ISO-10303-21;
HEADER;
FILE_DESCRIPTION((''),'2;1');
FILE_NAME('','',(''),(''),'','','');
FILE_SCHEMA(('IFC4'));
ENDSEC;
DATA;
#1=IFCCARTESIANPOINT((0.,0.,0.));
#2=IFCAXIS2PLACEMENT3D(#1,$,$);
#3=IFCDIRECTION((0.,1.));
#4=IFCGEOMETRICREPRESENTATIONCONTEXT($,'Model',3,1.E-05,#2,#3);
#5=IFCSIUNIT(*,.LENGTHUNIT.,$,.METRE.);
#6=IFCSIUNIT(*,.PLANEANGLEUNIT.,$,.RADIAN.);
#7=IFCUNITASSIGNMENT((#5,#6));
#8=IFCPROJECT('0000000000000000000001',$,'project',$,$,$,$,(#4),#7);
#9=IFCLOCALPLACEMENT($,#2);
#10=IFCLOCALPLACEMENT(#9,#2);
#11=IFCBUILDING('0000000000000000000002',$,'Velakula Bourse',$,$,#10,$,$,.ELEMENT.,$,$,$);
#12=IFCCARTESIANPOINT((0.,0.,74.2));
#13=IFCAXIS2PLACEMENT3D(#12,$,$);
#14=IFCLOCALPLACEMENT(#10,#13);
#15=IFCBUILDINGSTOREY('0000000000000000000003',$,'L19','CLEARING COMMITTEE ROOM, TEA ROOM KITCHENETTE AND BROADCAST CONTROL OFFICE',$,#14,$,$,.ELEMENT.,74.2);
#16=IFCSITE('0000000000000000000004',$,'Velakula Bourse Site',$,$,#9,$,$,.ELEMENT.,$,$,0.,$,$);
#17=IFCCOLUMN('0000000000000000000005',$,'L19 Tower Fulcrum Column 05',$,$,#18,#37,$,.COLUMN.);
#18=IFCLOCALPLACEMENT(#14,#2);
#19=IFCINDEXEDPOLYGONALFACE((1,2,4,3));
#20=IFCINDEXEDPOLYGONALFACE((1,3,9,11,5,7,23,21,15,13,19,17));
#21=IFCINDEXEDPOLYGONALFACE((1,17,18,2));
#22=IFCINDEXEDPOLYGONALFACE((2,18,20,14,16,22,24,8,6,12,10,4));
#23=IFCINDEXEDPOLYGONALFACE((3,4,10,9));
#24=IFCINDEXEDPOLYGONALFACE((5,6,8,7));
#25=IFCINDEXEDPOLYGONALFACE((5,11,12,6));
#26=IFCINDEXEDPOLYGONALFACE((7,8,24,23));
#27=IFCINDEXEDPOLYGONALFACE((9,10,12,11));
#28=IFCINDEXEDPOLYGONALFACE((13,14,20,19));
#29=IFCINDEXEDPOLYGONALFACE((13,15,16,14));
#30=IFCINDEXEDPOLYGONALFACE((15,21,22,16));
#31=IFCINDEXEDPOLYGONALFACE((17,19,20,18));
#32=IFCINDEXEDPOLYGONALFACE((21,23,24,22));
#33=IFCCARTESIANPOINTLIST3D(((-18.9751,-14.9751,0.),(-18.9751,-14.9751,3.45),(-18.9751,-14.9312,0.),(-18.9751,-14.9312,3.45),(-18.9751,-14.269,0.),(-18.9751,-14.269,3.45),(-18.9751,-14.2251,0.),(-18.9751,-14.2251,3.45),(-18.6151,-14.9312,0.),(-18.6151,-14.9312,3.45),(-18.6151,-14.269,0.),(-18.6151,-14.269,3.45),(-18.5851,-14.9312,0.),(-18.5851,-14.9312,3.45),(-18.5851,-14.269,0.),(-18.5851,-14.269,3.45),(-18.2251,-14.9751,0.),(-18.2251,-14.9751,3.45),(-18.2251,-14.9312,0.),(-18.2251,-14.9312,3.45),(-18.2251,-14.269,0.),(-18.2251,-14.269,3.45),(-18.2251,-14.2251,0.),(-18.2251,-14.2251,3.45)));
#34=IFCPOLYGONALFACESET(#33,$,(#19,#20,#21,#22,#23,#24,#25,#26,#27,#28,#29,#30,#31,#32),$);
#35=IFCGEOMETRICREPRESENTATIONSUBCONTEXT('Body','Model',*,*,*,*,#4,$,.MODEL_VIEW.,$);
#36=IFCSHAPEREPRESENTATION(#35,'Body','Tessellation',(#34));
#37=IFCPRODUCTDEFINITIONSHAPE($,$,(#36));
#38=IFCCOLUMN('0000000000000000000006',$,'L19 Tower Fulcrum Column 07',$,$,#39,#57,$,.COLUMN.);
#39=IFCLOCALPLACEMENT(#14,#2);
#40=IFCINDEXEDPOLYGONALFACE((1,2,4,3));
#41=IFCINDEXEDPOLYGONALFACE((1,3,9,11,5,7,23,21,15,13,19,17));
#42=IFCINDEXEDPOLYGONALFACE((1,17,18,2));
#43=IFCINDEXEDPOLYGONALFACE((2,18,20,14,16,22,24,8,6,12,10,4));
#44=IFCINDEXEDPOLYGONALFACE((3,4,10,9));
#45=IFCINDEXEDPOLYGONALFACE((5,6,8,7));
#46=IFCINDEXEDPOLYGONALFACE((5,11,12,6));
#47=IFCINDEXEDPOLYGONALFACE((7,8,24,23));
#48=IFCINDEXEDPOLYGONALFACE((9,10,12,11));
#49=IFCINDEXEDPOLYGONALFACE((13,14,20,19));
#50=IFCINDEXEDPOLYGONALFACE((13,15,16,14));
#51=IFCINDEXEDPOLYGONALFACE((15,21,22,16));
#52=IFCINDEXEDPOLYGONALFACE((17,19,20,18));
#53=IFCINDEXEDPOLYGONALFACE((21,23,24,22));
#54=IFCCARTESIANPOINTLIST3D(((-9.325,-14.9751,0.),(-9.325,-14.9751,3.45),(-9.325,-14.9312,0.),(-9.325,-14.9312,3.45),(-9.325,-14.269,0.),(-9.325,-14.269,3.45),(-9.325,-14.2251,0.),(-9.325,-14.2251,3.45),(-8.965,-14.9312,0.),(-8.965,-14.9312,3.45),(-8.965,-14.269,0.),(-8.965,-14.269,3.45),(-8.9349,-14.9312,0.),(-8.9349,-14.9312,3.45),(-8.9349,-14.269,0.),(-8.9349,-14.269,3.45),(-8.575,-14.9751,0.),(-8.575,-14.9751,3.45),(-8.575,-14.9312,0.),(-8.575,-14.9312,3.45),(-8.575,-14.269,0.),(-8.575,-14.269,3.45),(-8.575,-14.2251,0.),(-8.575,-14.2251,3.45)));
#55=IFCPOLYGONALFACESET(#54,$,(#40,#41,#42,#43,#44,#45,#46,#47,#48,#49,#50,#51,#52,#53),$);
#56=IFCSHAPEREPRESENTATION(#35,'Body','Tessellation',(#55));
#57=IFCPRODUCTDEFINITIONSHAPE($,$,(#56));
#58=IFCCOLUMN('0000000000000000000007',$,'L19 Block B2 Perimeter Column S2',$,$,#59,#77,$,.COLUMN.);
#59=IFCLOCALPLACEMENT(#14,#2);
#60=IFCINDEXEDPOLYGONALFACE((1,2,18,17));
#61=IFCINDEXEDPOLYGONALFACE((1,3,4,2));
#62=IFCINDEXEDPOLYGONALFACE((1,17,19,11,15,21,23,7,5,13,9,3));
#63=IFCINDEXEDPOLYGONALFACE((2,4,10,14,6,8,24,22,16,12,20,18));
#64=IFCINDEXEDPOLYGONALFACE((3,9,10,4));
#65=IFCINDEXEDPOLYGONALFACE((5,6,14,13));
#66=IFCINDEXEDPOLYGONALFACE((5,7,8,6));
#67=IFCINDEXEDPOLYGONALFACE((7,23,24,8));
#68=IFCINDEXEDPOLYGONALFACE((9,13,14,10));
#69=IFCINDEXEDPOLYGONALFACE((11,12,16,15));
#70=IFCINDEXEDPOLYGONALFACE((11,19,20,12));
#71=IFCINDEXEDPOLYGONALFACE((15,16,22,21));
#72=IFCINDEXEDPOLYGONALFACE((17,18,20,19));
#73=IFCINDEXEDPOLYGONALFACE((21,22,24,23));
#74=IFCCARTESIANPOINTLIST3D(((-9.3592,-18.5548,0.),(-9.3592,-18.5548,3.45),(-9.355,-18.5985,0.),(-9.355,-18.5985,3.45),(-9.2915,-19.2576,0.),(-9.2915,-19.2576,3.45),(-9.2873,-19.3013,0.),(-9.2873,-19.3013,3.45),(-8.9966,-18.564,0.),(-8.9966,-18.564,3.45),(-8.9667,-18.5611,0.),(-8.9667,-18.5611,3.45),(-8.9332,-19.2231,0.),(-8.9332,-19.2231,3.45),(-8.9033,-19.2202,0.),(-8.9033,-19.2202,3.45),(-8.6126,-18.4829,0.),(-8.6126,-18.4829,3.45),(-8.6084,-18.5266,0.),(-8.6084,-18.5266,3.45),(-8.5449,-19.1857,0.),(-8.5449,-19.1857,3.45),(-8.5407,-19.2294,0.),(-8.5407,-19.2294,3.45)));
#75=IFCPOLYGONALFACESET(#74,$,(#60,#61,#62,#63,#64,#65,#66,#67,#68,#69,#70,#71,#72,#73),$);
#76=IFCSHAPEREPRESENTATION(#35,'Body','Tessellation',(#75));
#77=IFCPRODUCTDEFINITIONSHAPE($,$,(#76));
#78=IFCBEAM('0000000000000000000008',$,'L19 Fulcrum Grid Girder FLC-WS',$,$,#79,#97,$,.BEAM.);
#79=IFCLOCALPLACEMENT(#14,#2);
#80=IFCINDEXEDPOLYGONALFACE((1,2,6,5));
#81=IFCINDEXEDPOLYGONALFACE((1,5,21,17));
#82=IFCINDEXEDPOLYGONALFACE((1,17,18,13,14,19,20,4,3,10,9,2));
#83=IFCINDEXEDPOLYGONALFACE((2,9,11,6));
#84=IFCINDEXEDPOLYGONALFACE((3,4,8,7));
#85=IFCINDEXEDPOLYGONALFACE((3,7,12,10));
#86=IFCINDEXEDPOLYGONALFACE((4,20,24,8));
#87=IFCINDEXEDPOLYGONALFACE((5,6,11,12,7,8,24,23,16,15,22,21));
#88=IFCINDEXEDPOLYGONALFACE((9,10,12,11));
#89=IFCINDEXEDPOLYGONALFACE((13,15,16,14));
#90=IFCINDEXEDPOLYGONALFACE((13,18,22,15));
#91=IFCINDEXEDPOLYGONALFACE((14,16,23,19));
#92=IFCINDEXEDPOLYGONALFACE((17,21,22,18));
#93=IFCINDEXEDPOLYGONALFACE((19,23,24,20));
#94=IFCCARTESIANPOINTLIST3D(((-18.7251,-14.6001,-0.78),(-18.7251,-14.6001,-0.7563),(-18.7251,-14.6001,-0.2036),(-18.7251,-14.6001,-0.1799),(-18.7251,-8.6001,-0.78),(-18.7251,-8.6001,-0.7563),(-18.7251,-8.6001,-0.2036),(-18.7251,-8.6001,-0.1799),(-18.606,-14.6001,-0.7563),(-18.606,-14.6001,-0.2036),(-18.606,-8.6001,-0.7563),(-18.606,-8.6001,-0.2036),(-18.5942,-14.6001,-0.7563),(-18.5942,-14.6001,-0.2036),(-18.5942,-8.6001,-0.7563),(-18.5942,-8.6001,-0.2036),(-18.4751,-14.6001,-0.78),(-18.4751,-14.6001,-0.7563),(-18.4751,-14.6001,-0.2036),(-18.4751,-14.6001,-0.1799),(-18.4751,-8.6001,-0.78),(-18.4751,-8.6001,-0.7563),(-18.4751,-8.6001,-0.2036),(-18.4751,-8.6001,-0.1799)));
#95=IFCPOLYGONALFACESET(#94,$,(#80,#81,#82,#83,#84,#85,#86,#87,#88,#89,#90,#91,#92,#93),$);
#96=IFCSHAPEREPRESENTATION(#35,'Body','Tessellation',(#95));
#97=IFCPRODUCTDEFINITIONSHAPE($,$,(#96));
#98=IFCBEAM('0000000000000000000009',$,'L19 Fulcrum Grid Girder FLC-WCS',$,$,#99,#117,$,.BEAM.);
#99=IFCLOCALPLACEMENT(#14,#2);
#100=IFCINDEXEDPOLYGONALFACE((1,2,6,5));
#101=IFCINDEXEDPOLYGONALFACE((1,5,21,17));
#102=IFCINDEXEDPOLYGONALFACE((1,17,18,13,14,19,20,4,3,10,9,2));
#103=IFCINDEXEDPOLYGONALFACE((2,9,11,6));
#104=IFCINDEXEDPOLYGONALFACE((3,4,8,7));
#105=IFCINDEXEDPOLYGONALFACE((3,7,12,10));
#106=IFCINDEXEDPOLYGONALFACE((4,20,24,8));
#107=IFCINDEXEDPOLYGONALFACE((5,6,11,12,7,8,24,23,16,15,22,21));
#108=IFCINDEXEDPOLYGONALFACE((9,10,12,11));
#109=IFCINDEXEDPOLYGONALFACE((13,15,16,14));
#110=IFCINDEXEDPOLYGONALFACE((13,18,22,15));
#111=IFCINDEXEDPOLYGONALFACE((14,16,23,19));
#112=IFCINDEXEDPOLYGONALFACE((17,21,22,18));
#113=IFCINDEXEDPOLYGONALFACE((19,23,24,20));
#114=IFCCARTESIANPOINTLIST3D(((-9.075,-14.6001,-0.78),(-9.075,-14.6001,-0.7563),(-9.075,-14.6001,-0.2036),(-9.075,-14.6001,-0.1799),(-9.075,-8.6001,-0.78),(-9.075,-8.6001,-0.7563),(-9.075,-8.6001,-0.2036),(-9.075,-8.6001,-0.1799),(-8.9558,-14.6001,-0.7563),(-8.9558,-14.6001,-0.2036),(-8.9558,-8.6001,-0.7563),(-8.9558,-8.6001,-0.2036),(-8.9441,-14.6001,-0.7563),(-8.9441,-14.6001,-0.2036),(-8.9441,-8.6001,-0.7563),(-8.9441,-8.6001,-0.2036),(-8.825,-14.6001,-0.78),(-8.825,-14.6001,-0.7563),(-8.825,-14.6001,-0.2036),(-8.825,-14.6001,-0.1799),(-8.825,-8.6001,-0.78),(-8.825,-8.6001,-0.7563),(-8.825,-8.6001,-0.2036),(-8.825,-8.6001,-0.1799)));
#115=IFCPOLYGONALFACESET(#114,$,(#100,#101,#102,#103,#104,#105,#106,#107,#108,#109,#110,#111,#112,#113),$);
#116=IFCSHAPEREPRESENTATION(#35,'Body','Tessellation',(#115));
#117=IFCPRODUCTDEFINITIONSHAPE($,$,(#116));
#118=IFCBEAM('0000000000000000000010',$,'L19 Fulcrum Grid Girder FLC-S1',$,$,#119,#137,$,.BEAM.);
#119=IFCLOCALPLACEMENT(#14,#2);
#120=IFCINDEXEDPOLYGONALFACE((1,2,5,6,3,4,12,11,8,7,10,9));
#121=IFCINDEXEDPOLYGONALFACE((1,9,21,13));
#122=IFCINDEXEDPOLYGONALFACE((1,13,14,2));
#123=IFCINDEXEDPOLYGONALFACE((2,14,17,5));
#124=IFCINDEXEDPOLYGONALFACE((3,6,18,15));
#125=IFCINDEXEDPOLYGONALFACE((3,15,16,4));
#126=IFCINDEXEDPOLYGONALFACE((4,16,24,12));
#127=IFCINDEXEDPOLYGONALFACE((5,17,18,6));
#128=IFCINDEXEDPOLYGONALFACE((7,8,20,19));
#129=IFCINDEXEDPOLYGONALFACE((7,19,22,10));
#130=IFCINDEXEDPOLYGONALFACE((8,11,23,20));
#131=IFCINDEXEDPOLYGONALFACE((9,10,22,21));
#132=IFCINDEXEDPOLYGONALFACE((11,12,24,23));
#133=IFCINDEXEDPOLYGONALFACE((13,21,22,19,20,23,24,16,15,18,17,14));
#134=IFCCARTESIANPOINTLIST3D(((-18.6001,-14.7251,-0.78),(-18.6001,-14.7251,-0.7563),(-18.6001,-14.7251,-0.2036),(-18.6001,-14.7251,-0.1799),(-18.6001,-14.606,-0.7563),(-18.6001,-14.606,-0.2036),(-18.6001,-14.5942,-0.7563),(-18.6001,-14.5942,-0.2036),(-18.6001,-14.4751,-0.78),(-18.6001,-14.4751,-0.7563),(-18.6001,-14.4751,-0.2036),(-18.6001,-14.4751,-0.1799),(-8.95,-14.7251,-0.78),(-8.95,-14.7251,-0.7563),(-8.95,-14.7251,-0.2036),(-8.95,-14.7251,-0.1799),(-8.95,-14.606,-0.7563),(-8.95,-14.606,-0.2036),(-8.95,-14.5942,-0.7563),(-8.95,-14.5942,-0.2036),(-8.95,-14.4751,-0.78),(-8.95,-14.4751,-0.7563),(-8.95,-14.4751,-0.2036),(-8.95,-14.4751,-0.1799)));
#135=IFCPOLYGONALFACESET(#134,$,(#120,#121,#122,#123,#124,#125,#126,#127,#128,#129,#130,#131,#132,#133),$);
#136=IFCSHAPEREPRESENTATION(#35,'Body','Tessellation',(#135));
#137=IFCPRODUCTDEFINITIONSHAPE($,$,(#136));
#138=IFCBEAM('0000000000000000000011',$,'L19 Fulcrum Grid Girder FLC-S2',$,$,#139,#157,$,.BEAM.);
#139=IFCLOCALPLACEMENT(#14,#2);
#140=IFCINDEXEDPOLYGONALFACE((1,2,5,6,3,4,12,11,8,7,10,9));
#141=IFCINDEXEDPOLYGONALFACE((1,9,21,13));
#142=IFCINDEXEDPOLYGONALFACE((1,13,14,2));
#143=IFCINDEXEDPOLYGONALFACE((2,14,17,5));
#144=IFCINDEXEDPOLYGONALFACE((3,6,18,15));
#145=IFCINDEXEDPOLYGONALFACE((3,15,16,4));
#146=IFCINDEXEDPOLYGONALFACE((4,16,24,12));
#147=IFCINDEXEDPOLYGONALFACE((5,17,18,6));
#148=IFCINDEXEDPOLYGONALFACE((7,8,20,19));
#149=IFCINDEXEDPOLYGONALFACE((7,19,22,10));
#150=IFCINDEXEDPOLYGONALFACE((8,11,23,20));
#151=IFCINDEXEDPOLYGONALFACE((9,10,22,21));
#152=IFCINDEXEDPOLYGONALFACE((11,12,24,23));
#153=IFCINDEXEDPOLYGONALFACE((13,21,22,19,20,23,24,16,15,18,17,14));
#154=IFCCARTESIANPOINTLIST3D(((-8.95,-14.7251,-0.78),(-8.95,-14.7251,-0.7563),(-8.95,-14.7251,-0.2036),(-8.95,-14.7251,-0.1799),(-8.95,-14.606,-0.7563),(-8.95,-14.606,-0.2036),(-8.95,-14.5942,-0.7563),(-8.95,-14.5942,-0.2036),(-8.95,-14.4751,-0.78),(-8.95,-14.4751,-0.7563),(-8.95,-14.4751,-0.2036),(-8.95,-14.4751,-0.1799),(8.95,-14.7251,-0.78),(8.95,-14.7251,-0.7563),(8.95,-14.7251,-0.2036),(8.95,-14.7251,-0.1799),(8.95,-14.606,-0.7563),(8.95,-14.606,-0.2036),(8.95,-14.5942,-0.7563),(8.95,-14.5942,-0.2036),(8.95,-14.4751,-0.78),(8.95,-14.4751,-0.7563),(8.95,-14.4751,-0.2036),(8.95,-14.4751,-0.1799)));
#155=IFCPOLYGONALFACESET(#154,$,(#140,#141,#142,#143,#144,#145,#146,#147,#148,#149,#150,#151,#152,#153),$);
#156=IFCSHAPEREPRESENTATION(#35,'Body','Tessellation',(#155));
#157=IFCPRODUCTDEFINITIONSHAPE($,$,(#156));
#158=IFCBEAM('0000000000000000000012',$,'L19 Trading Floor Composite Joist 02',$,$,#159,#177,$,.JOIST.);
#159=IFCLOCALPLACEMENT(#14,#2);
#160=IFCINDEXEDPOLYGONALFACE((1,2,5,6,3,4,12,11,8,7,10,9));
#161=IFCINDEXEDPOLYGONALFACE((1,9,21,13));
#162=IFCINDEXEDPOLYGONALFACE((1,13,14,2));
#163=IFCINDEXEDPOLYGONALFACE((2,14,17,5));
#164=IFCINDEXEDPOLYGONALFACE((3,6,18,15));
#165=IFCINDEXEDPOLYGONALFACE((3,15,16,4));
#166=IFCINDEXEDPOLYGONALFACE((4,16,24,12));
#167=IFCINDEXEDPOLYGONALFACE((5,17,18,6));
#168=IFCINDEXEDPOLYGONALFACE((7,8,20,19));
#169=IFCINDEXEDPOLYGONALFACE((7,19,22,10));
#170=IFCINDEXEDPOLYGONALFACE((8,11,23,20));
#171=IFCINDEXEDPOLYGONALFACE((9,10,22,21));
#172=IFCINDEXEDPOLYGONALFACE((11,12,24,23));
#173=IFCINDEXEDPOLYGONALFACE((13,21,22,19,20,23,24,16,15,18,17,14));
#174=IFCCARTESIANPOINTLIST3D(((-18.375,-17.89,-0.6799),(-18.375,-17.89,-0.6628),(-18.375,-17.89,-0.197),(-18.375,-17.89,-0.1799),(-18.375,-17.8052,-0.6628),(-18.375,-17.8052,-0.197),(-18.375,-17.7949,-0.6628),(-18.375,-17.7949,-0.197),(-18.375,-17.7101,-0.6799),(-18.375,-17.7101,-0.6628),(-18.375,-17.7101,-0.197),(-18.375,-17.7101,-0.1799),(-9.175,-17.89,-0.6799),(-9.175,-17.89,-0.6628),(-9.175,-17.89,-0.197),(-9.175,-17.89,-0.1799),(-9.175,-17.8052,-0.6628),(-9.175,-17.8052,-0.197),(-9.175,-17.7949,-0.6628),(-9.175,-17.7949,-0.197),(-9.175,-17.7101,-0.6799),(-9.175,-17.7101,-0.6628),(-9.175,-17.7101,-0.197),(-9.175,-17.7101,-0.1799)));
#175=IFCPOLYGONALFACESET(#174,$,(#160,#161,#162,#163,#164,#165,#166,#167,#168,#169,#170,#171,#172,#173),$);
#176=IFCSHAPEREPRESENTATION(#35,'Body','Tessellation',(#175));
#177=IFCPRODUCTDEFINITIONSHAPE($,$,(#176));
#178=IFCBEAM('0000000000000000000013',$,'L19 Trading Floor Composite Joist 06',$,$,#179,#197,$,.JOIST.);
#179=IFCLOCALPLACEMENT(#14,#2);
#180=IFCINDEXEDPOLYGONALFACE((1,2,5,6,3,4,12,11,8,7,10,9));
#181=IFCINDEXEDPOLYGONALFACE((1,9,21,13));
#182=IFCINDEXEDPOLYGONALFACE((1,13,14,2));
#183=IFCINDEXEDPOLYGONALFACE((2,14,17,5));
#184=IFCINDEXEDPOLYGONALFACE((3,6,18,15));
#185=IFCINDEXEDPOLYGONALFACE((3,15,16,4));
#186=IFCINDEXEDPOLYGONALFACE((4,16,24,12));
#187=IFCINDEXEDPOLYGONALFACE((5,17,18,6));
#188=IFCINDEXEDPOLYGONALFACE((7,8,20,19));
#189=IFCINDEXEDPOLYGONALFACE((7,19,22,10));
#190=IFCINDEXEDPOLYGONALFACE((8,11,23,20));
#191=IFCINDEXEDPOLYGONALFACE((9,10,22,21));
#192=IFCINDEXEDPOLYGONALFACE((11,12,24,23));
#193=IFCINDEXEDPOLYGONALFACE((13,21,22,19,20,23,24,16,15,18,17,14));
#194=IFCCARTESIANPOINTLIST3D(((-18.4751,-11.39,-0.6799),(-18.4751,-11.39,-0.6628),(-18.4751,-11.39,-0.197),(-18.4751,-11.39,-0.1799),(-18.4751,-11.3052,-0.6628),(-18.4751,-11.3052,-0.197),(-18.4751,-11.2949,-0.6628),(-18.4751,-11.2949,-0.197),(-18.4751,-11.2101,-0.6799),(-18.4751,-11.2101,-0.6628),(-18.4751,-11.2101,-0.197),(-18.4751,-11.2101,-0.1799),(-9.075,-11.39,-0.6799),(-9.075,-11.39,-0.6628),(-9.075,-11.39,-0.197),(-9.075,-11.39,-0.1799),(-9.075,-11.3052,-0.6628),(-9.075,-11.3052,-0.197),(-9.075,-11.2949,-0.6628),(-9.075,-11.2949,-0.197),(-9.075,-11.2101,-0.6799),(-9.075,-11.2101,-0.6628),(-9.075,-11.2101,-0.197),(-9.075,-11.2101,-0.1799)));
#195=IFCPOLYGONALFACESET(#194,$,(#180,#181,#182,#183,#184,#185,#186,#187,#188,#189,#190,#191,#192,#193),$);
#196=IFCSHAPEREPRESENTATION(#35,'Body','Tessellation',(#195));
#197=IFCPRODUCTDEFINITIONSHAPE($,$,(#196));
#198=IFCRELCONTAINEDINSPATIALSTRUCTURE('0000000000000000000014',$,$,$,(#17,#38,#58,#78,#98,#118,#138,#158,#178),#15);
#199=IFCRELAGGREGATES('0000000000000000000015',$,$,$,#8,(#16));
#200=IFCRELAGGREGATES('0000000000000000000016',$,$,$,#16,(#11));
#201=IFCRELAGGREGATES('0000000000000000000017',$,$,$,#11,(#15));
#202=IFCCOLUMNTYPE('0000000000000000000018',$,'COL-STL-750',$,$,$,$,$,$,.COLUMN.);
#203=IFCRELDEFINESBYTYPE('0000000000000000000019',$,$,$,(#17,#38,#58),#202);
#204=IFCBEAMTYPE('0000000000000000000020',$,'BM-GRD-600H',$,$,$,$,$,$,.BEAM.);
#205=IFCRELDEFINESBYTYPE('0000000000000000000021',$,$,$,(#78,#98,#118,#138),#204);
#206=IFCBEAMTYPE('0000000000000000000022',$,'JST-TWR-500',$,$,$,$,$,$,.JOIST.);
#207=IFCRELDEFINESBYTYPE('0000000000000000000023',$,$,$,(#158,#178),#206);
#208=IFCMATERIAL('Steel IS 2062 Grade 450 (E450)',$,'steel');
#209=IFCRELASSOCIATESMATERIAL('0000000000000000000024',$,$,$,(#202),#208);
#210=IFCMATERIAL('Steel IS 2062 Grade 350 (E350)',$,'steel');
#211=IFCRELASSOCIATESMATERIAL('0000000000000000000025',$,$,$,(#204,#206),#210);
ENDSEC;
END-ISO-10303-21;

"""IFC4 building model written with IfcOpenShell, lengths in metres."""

from ifc_helpers import new_model, si_unit, direction, frame, origin, origin_2d, place, context, subcontext, project, spatial, i_section, extrude, material, material_profile, profile_set, type_object, element, save


model = new_model("IFC4")

# Units and contexts
model_context = context("Model", 3, precision=1e-05, world=origin(), true_north=direction((0.0, 1.0)))
body_context = subcontext(model_context, "Body", "Model", "MODEL_VIEW")
ifc_project = project(units=[si_unit("LENGTHUNIT", "METRE"), si_unit("PLANEANGLEUNIT", "RADIAN")], contexts=[model_context])

# Site, building, storey
site_placement = place(None, origin())
site = spatial("IfcSite", under=ifc_project, at=site_placement, Name="Velakula Bourse Site", CompositionType="ELEMENT", RefElevation=0.0)
building_placement = place(site_placement, origin())
building = spatial("IfcBuilding", under=site, at=building_placement, Name="Velakula Bourse", CompositionType="ELEMENT")
storey_placement = place(building_placement, frame((0.0, 0.0, 74.2)))
storey = spatial("IfcBuildingStorey", under=building, at=storey_placement, Name="L19", Description="CLEARING COMMITTEE ROOM, TEA ROOM KITCHENETTE AND BROADCAST CONTROL OFFICE", CompositionType="ELEMENT", Elevation=74.2)

# Columns
ifc_material_1 = material(Name="Steel IS 2062 Grade 450 (E450)", Category="steel")
ifc_material_profile_1 = material_profile(ifc_material_1, i_section(OverallWidth=0.75, OverallDepth=0.75, WebThickness=0.03, FlangeThickness=0.0439, at=origin_2d()), Name="Steel IS 2062 Grade 450 (E450)")
ifc_profile_set_1 = profile_set([ifc_material_profile_1], Name="Steel IS 2062 Grade 450 (E450)")
column_type = type_object("IfcColumnType", Name="COL-STL-750", PredefinedType="COLUMN", material=ifc_profile_set_1)
for number, where, z_axis, x_axis, name in (
    (1, (-18.6001, -14.6001, 0.0), (0.0, 0.0, 1.0), (1.0, 0.0, 0.0), "L19 Tower Fulcrum Column 05"),
    (2, (-8.95, -14.6001, 0.0), (0.0, 0.0, 1.0), (1.0, 0.0, 0.0), "L19 Tower Fulcrum Column 07"),
    (3, (-8.95, -18.8921, 0.0), (0.0, 0.0, 1.0), (0.995396, 0.095846, 0.0), "L19 Block B2 Perimeter Column S2"),
):
    element("IfcColumn", number, at=place(storey_placement, frame(where, z_axis=z_axis, x_axis=x_axis)), inside=storey, type_object=column_type, Name=name, PredefinedType="COLUMN", context=body_context, shape_type="SweptSolid", body=[
        extrude(i_section(OverallWidth=0.75, OverallDepth=0.75, WebThickness=0.03, FlangeThickness=0.0439, at=origin_2d()), origin(), (0.0, 0.0, 1.0), 3.45),
    ])

# Beams
ifc_material_2 = material(Name="Steel IS 2062 Grade 350 (E350)", Category="steel")
ifc_material_profile_2 = material_profile(ifc_material_2, i_section(OverallWidth=0.25, OverallDepth=0.6001, WebThickness=0.0117, FlangeThickness=0.0237, at=origin_2d()), Name="Steel IS 2062 Grade 350 (E350)")
ifc_profile_set_2 = profile_set([ifc_material_profile_2], Name="Steel IS 2062 Grade 350 (E350)")
beam_type_1 = type_object("IfcBeamType", Name="BM-GRD-600H", PredefinedType="BEAM", material=ifc_profile_set_2)
for number, where, z_axis, x_axis, name in (
    (4, (-18.6001, -14.6001, -0.48), (0.0, 1.0, 0.0), (-1.0, 0.0, 0.0), "L19 Fulcrum Grid Girder FLC-WS"),
    (5, (-8.95, -14.6001, -0.48), (0.0, 1.0, 0.0), (-1.0, 0.0, 0.0), "L19 Fulcrum Grid Girder FLC-WCS"),
):
    element("IfcBeam", number, at=place(storey_placement, frame(where, z_axis=z_axis, x_axis=x_axis)), inside=storey, type_object=beam_type_1, Name=name, PredefinedType="BEAM", context=body_context, shape_type="SweptSolid", body=[
        extrude(i_section(OverallWidth=0.25, OverallDepth=0.6001, WebThickness=0.0117, FlangeThickness=0.0237, at=origin_2d()), origin(), (0.0, 0.0, 1.0), 6.0),
    ])
beam_1_placement = place(storey_placement, frame((-18.6001, -14.6001, -0.48), z_axis=(1.0, 0.0, 0.0), x_axis=(0.0, 1.0, 0.0)))
element("IfcBeam", 6, at=beam_1_placement, inside=storey, type_object=beam_type_1, Name="L19 Fulcrum Grid Girder FLC-S1", PredefinedType="BEAM", context=body_context, shape_type="SweptSolid", body=[
    extrude(i_section(OverallWidth=0.25, OverallDepth=0.6001, WebThickness=0.0117, FlangeThickness=0.0237, at=origin_2d()), origin(), (0.0, 0.0, 1.0), 9.6501),
])
beam_2_placement = place(storey_placement, frame((-8.95, -14.6001, -0.48), z_axis=(1.0, 0.0, 0.0), x_axis=(0.0, 1.0, 0.0)))
element("IfcBeam", 7, at=beam_2_placement, inside=storey, type_object=beam_type_1, Name="L19 Fulcrum Grid Girder FLC-S2", PredefinedType="BEAM", context=body_context, shape_type="SweptSolid", body=[
    extrude(i_section(OverallWidth=0.25, OverallDepth=0.6001, WebThickness=0.0117, FlangeThickness=0.0237, at=origin_2d()), origin(), (0.0, 0.0, 1.0), 17.8999),
])
ifc_material_profile_3 = material_profile(ifc_material_2, i_section(OverallWidth=0.1799, OverallDepth=0.5, WebThickness=0.0103, FlangeThickness=0.0171, at=origin_2d()), Name="Steel IS 2062 Grade 350 (E350)")
ifc_profile_set_3 = profile_set([ifc_material_profile_3], Name="Steel IS 2062 Grade 350 (E350)")
beam_type_2 = type_object("IfcBeamType", Name="JST-TWR-500", PredefinedType="JOIST", material=ifc_profile_set_3)
beam_3_placement = place(storey_placement, frame((-18.375, -17.8, -0.4299), z_axis=(1.0, 0.0, 0.0), x_axis=(0.0, 1.0, 0.0)))
element("IfcBeam", 8, at=beam_3_placement, inside=storey, type_object=beam_type_2, Name="L19 Trading Floor Composite Joist 02", PredefinedType="JOIST", context=body_context, shape_type="SweptSolid", body=[
    extrude(i_section(OverallWidth=0.1799, OverallDepth=0.5, WebThickness=0.0103, FlangeThickness=0.0171, at=origin_2d()), origin(), (0.0, 0.0, 1.0), 9.2),
])
beam_4_placement = place(storey_placement, frame((-18.4751, -11.3, -0.4299), z_axis=(1.0, 0.0, 0.0), x_axis=(0.0, 1.0, 0.0)))
element("IfcBeam", 9, at=beam_4_placement, inside=storey, type_object=beam_type_2, Name="L19 Trading Floor Composite Joist 06", PredefinedType="JOIST", context=body_context, shape_type="SweptSolid", body=[
    extrude(i_section(OverallWidth=0.1799, OverallDepth=0.5, WebThickness=0.0103, FlangeThickness=0.0171, at=origin_2d()), origin(), (0.0, 0.0, 1.0), 9.4001),
])

save(model, "model.ifc")
